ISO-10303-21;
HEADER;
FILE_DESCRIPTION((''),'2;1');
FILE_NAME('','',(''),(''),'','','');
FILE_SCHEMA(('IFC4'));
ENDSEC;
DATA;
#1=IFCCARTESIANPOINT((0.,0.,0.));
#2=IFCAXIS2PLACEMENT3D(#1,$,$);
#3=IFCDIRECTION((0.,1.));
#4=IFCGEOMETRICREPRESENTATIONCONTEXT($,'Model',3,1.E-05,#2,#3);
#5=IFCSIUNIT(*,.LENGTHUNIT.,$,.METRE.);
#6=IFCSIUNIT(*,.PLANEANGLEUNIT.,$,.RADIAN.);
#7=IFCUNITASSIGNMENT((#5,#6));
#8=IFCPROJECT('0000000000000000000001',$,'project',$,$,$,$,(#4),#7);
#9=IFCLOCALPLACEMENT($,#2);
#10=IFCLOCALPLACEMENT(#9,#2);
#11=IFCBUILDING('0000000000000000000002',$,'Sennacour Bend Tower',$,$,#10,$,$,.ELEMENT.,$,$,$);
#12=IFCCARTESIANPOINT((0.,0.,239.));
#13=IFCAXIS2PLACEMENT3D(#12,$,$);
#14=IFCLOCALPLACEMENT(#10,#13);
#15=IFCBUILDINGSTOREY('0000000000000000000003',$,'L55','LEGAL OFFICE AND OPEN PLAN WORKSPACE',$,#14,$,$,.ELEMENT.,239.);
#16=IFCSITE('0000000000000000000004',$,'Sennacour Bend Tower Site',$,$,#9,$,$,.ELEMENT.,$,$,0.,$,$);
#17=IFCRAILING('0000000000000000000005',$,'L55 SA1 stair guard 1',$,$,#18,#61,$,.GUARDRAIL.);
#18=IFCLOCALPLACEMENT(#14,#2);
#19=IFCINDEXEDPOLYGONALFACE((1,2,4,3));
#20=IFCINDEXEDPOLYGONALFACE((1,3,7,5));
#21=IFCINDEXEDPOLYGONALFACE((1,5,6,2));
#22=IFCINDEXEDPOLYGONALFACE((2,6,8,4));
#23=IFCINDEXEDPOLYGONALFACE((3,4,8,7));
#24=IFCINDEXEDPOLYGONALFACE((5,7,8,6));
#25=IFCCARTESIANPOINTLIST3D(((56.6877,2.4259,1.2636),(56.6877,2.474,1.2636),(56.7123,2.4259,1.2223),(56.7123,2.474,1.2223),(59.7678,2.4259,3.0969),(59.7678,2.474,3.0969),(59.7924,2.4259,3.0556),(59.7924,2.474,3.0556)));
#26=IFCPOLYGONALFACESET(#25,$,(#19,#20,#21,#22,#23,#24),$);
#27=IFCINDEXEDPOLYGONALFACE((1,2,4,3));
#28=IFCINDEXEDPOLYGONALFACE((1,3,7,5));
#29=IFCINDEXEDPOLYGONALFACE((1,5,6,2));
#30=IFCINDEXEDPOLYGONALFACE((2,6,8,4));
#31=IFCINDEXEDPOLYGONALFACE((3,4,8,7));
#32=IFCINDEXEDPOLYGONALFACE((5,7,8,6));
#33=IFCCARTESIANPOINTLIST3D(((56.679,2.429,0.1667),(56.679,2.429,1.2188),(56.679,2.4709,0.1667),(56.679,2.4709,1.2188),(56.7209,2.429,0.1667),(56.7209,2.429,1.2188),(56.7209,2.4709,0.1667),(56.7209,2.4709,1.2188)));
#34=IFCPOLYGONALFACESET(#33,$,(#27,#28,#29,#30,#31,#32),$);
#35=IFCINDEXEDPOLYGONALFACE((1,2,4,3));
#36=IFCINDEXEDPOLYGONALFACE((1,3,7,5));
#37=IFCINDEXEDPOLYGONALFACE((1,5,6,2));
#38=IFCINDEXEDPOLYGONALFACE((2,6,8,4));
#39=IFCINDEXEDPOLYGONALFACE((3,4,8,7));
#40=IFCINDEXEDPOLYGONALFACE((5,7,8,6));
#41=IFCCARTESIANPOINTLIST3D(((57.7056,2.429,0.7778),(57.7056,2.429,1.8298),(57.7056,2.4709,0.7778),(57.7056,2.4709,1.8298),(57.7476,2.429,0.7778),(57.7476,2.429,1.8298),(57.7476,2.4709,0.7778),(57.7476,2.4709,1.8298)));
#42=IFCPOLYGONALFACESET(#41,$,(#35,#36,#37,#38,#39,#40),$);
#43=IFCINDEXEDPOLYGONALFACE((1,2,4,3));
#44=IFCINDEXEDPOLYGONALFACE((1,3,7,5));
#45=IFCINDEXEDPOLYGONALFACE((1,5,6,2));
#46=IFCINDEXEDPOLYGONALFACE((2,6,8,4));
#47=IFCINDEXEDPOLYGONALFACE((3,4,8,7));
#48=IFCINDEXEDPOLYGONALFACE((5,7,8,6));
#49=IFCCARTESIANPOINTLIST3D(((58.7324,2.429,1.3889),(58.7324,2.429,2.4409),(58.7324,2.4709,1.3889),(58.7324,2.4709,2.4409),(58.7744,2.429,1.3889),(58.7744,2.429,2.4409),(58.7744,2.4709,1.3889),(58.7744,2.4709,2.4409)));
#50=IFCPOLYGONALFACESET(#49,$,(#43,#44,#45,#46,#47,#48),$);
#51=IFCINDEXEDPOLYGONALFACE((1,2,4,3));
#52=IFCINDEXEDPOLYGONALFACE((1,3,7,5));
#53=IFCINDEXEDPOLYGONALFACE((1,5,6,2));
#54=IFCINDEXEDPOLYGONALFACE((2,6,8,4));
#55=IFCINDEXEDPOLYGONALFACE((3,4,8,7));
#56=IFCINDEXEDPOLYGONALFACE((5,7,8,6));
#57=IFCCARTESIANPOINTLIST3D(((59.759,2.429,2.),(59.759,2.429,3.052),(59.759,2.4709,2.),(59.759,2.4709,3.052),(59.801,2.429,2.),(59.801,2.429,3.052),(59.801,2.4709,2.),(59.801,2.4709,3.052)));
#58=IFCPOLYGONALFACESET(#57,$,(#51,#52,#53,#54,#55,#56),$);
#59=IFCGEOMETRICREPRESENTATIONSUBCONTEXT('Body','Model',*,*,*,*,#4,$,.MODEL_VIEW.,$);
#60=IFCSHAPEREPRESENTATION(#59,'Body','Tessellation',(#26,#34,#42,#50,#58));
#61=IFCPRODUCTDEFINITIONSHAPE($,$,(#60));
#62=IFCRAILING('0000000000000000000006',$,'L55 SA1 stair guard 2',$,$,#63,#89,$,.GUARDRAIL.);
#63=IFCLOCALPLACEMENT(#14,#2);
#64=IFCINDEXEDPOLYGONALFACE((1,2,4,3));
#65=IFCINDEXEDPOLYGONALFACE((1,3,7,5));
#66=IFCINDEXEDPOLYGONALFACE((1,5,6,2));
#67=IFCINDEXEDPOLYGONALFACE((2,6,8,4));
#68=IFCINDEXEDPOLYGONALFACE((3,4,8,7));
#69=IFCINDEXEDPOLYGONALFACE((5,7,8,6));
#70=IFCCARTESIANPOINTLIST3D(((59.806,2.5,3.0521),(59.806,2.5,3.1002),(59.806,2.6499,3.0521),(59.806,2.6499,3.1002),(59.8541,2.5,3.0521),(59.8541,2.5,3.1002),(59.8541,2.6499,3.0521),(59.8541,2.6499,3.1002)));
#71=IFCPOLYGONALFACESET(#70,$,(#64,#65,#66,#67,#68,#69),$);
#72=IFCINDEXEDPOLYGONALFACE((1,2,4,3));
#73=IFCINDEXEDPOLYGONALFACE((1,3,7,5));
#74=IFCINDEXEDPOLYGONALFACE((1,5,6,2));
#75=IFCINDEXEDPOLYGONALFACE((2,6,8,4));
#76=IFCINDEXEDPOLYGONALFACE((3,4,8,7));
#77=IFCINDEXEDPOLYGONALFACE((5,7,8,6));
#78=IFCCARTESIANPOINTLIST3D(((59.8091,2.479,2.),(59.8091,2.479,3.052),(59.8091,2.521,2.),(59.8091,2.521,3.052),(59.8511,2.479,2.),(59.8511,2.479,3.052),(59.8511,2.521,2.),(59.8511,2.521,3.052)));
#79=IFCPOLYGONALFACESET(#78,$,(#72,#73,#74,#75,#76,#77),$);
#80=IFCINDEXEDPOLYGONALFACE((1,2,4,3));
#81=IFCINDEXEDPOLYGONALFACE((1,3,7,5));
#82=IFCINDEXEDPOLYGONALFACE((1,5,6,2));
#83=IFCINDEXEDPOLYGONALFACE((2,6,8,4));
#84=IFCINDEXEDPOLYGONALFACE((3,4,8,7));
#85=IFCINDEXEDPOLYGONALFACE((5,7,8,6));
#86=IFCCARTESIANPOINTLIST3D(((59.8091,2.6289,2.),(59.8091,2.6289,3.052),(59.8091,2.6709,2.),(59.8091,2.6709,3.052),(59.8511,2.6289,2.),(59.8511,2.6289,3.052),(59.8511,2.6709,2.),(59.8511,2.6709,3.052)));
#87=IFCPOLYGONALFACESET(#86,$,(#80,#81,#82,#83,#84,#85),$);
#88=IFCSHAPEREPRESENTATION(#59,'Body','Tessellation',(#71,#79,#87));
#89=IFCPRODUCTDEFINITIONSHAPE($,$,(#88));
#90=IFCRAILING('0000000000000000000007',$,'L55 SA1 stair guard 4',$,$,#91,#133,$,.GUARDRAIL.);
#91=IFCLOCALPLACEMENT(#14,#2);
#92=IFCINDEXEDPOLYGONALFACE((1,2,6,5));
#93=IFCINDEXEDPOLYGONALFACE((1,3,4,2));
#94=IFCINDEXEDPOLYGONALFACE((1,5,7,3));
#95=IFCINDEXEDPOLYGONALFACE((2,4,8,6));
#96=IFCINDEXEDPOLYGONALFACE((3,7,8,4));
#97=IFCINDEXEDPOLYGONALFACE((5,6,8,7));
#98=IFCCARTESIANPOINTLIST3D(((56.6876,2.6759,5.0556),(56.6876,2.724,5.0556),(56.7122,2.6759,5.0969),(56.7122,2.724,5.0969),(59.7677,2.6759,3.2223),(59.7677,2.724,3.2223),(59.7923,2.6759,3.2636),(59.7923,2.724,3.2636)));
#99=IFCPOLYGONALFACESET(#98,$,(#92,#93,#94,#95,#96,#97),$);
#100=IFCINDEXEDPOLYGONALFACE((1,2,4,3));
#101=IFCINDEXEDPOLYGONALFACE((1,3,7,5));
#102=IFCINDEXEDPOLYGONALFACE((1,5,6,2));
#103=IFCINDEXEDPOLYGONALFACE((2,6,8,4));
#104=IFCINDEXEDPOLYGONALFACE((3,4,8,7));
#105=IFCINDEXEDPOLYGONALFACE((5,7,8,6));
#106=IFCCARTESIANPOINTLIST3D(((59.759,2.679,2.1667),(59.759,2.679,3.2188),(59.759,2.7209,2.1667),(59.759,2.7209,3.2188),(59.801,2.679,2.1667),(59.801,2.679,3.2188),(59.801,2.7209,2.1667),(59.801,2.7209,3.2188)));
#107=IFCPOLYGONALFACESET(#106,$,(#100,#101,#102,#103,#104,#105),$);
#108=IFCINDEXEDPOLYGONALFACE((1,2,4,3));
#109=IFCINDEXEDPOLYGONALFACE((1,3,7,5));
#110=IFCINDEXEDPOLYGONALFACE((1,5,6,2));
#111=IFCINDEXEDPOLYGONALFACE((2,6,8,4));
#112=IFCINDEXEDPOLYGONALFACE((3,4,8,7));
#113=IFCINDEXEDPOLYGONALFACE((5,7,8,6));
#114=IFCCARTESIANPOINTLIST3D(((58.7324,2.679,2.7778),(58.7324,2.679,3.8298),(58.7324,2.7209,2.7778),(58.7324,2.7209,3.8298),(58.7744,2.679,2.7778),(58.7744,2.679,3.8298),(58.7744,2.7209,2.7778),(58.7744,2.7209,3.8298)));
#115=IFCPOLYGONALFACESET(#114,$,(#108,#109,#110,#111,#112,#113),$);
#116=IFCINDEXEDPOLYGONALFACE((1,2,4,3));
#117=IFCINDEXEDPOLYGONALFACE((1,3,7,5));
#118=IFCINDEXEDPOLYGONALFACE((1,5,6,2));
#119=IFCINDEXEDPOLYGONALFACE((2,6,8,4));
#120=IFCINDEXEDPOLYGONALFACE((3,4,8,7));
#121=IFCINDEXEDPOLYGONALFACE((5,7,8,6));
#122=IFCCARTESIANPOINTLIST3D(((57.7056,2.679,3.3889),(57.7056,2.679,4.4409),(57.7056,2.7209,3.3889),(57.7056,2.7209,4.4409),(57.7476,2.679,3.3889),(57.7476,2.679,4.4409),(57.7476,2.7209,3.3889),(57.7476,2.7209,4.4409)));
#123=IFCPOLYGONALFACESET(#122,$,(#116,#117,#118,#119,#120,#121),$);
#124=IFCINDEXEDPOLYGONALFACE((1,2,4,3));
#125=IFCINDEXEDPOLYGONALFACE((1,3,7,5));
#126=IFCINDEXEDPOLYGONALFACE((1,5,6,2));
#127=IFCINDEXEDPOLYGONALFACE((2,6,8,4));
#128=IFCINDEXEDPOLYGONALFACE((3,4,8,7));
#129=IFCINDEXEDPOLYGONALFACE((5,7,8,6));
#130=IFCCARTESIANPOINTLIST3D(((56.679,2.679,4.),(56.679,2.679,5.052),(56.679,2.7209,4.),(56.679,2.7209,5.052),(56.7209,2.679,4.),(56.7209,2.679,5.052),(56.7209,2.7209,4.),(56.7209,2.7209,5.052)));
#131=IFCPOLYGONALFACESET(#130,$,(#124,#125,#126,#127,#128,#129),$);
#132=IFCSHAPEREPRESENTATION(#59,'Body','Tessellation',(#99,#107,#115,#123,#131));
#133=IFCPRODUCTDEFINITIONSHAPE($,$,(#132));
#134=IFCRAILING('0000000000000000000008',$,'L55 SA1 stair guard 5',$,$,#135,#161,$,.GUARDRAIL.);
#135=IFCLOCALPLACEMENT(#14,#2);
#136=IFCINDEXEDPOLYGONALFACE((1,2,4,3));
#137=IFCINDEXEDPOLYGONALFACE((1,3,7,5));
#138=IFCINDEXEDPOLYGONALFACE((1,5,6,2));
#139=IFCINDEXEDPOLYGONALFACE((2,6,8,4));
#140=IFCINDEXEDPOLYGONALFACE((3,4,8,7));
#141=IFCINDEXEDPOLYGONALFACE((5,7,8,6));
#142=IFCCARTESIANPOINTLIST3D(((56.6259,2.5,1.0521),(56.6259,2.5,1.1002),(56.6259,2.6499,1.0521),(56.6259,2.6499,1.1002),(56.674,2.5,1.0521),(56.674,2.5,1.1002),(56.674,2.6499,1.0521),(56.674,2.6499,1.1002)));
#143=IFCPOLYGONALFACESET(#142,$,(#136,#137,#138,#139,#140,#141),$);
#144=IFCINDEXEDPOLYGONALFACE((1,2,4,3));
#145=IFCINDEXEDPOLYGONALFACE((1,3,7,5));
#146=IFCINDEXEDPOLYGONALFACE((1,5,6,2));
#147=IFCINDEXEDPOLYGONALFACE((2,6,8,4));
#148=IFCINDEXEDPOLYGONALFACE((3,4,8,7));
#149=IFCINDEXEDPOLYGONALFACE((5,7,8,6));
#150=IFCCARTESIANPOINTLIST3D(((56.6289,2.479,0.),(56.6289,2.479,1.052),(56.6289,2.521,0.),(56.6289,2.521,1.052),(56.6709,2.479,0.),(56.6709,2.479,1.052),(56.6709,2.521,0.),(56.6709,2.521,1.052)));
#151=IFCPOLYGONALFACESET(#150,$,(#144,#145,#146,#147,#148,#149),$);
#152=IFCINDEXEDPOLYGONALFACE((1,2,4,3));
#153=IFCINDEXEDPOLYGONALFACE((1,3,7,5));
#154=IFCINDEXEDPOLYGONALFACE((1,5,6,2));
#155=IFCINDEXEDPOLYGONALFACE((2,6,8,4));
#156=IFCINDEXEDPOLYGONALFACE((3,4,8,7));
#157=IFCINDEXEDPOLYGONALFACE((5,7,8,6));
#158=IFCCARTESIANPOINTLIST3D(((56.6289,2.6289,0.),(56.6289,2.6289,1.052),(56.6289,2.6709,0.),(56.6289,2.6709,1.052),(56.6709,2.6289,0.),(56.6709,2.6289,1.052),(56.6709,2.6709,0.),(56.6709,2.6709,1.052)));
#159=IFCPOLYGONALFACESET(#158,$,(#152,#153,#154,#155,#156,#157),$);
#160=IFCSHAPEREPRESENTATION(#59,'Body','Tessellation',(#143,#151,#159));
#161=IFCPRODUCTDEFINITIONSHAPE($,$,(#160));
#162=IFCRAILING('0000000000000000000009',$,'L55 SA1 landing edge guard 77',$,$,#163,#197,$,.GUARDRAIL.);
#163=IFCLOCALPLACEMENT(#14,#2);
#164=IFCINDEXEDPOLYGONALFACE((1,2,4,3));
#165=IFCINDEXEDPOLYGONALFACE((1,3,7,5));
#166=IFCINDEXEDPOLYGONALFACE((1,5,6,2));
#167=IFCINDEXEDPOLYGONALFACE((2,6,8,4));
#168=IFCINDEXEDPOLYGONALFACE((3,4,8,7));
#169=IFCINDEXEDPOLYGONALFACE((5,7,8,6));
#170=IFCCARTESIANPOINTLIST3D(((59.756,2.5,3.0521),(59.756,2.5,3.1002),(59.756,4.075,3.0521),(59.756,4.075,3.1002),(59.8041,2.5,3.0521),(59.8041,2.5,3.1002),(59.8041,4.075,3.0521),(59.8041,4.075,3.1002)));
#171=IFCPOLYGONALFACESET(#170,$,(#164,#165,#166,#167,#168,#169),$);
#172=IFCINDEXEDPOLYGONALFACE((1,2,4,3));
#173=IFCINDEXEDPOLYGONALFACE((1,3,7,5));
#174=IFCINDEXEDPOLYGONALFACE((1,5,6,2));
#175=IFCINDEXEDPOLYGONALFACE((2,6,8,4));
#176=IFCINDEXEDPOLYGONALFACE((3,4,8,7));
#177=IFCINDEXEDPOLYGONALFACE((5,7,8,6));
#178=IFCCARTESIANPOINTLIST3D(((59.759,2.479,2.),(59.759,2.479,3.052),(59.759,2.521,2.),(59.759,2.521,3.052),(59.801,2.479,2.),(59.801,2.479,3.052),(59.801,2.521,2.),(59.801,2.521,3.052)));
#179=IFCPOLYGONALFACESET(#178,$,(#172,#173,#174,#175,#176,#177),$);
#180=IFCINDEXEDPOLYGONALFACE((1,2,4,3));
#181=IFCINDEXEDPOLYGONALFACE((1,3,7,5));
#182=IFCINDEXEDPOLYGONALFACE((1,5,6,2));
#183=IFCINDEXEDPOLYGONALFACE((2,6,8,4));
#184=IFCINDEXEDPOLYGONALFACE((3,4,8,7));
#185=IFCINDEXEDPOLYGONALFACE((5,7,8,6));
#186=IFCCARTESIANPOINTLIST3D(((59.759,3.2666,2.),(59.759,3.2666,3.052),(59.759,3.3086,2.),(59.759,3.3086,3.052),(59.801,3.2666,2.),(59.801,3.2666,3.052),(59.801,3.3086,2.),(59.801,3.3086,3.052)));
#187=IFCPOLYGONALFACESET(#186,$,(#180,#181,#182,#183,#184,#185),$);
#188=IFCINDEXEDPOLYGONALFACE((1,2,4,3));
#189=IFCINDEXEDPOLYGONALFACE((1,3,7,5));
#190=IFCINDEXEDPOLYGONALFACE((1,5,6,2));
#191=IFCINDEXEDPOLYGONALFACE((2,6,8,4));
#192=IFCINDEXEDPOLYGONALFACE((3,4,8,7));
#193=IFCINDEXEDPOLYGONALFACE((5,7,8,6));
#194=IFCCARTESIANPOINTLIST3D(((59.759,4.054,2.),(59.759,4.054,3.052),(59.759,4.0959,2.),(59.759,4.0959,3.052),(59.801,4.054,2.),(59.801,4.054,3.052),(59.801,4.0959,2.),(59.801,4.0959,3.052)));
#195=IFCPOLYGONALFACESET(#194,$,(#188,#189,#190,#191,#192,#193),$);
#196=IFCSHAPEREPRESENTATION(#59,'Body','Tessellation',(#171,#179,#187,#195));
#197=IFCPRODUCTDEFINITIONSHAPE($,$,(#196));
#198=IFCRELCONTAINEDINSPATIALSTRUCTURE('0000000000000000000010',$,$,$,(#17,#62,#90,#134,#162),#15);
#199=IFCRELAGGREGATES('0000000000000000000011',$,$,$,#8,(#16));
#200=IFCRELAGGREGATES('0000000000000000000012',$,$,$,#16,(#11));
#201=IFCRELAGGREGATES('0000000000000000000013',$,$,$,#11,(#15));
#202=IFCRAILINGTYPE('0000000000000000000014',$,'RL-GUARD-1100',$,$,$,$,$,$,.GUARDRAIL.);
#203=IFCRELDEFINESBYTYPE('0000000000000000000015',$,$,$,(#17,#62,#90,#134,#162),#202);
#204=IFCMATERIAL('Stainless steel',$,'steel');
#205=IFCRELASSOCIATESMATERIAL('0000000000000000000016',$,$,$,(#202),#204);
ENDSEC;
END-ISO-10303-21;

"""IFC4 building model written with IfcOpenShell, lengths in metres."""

from ifc_helpers import new_model, si_unit, direction, frame, origin, origin_2d, place, context, subcontext, project, spatial, rectangle, extrude, material, type_object, element, save


model = new_model("IFC4")

# Units and contexts
model_context = context("Model", 3, precision=1e-05, world=origin(), true_north=direction((0.0, 1.0)))
body_context = subcontext(model_context, "Body", "Model", "MODEL_VIEW")
ifc_project = project(units=[si_unit("LENGTHUNIT", "METRE"), si_unit("PLANEANGLEUNIT", "RADIAN")], contexts=[model_context])

# Site, building, storey
site_placement = place(None, origin())
site = spatial("IfcSite", under=ifc_project, at=site_placement, Name="Sennacour Bend Tower Site", CompositionType="ELEMENT", RefElevation=0.0)
building_placement = place(site_placement, origin())
building = spatial("IfcBuilding", under=site, at=building_placement, Name="Sennacour Bend Tower", CompositionType="ELEMENT")
storey_placement = place(building_placement, frame((0.0, 0.0, 239.0)))
storey = spatial("IfcBuildingStorey", under=building, at=storey_placement, Name="L55", Description="LEGAL OFFICE AND OPEN PLAN WORKSPACE", CompositionType="ELEMENT", Elevation=239.0)

# Railings
ifc_material_1 = material(Name="Stainless steel", Category="steel")
railing_type_1 = type_object("IfcRailingType", Name="RL-GUARD-1100", PredefinedType="GUARDRAIL", material=ifc_material_1)
railing_1_placement = place(storey_placement, frame((56.7, 2.45, 0.1667)))
element("IfcRailing", 1, at=railing_1_placement, inside=storey, type_object=railing_type_1, Name="L55 SA1 stair guard 1", PredefinedType="GUARDRAIL", context=body_context, shape_type="SweptSolid", body=[
    extrude(rectangle(XDim=0.0481, YDim=0.0481, at=origin_2d()), frame((0.0, 0.0, 1.0762), z_axis=(0.859309, 0.0, 0.511458), x_axis=(0.0, 1.0, 0.0)), (0.0, 0.0, 1.0), 3.5845),
    extrude(rectangle(XDim=0.042, YDim=0.042, at=origin_2d()), origin(), (0.0, 0.0, 1.0), 1.052),
    extrude(rectangle(XDim=0.042, YDim=0.042, at=origin_2d()), frame((1.0266, 0.0, 0.6111)), (0.0, 0.0, 1.0), 1.052),
    extrude(rectangle(XDim=0.042, YDim=0.042, at=origin_2d()), frame((2.0535, 0.0, 1.2222)), (0.0, 0.0, 1.0), 1.052),
    extrude(rectangle(XDim=0.042, YDim=0.042, at=origin_2d()), frame((3.0801, 0.0, 1.8333)), (0.0, 0.0, 1.0), 1.052),
])
railing_2_placement = place(storey_placement, frame((59.8301, 2.5, 2.0)))
element("IfcRailing", 2, at=railing_2_placement, inside=storey, type_object=railing_type_1, Name="L55 SA1 stair guard 2", PredefinedType="GUARDRAIL", context=body_context, shape_type="SweptSolid", body=[
    extrude(rectangle(XDim=0.0481, YDim=0.0481, at=origin_2d()), frame((0.0, 0.0, 1.0762), z_axis=(0.0, 1.0, 0.0), x_axis=(-1.0, 0.0, 0.0)), (0.0, 0.0, 1.0), 0.1499),
    extrude(rectangle(XDim=0.042, YDim=0.042, at=origin_2d()), origin(), (0.0, 0.0, 1.0), 1.052),
    extrude(rectangle(XDim=0.042, YDim=0.042, at=origin_2d()), frame((0.0, 0.1499, 0.0)), (0.0, 0.0, 1.0), 1.052),
])
railing_3_placement = place(storey_placement, frame((59.78, 2.7, 2.1667)))
element("IfcRailing", 3, at=railing_3_placement, inside=storey, type_object=railing_type_1, Name="L55 SA1 stair guard 4", PredefinedType="GUARDRAIL", context=body_context, shape_type="SweptSolid", body=[
    extrude(rectangle(XDim=0.0481, YDim=0.0481, at=origin_2d()), frame((0.0, 0.0, 1.0762), z_axis=(-0.859309, 0.0, 0.511458), x_axis=(0.0, -1.0, 0.0)), (0.0, 0.0, 1.0), 3.5845),
    extrude(rectangle(XDim=0.042, YDim=0.042, at=origin_2d()), origin(), (0.0, 0.0, 1.0), 1.052),
    extrude(rectangle(XDim=0.042, YDim=0.042, at=origin_2d()), frame((-1.0266, 0.0, 0.6111)), (0.0, 0.0, 1.0), 1.052),
    extrude(rectangle(XDim=0.042, YDim=0.042, at=origin_2d()), frame((-2.0535, 0.0, 1.2222)), (0.0, 0.0, 1.0), 1.052),
    extrude(rectangle(XDim=0.042, YDim=0.042, at=origin_2d()), frame((-3.0801, 0.0, 1.8333)), (0.0, 0.0, 1.0), 1.052),
])
railing_4_placement = place(storey_placement, frame((56.6499, 2.5, 0.0)))
element("IfcRailing", 4, at=railing_4_placement, inside=storey, type_object=railing_type_1, Name="L55 SA1 stair guard 5", PredefinedType="GUARDRAIL", context=body_context, shape_type="SweptSolid", body=[
    extrude(rectangle(XDim=0.0481, YDim=0.0481, at=origin_2d()), frame((0.0, 0.0, 1.0762), z_axis=(0.0, 1.0, 0.0), x_axis=(-1.0, 0.0, 0.0)), (0.0, 0.0, 1.0), 0.1499),
    extrude(rectangle(XDim=0.042, YDim=0.042, at=origin_2d()), origin(), (0.0, 0.0, 1.0), 1.052),
    extrude(rectangle(XDim=0.042, YDim=0.042, at=origin_2d()), frame((0.0, 0.1499, 0.0)), (0.0, 0.0, 1.0), 1.052),
])
railing_5_placement = place(storey_placement, frame((59.78, 2.5, 2.0)))
element("IfcRailing", 5, at=railing_5_placement, inside=storey, type_object=railing_type_1, Name="L55 SA1 landing edge guard 77", PredefinedType="GUARDRAIL", context=body_context, shape_type="SweptSolid", body=[
    extrude(rectangle(XDim=0.0481, YDim=0.0481, at=origin_2d()), frame((0.0, 0.0, 1.0762), z_axis=(0.0, 1.0, 0.0), x_axis=(-1.0, 0.0, 0.0)), (0.0, 0.0, 1.0), 1.575),
    extrude(rectangle(XDim=0.042, YDim=0.042, at=origin_2d()), origin(), (0.0, 0.0, 1.0), 1.052),
    extrude(rectangle(XDim=0.042, YDim=0.042, at=origin_2d()), frame((0.0, 0.7876, 0.0)), (0.0, 0.0, 1.0), 1.052),
    extrude(rectangle(XDim=0.042, YDim=0.042, at=origin_2d()), frame((0.0, 1.575, 0.0)), (0.0, 0.0, 1.0), 1.052),
])

save(model, "model.ifc")
